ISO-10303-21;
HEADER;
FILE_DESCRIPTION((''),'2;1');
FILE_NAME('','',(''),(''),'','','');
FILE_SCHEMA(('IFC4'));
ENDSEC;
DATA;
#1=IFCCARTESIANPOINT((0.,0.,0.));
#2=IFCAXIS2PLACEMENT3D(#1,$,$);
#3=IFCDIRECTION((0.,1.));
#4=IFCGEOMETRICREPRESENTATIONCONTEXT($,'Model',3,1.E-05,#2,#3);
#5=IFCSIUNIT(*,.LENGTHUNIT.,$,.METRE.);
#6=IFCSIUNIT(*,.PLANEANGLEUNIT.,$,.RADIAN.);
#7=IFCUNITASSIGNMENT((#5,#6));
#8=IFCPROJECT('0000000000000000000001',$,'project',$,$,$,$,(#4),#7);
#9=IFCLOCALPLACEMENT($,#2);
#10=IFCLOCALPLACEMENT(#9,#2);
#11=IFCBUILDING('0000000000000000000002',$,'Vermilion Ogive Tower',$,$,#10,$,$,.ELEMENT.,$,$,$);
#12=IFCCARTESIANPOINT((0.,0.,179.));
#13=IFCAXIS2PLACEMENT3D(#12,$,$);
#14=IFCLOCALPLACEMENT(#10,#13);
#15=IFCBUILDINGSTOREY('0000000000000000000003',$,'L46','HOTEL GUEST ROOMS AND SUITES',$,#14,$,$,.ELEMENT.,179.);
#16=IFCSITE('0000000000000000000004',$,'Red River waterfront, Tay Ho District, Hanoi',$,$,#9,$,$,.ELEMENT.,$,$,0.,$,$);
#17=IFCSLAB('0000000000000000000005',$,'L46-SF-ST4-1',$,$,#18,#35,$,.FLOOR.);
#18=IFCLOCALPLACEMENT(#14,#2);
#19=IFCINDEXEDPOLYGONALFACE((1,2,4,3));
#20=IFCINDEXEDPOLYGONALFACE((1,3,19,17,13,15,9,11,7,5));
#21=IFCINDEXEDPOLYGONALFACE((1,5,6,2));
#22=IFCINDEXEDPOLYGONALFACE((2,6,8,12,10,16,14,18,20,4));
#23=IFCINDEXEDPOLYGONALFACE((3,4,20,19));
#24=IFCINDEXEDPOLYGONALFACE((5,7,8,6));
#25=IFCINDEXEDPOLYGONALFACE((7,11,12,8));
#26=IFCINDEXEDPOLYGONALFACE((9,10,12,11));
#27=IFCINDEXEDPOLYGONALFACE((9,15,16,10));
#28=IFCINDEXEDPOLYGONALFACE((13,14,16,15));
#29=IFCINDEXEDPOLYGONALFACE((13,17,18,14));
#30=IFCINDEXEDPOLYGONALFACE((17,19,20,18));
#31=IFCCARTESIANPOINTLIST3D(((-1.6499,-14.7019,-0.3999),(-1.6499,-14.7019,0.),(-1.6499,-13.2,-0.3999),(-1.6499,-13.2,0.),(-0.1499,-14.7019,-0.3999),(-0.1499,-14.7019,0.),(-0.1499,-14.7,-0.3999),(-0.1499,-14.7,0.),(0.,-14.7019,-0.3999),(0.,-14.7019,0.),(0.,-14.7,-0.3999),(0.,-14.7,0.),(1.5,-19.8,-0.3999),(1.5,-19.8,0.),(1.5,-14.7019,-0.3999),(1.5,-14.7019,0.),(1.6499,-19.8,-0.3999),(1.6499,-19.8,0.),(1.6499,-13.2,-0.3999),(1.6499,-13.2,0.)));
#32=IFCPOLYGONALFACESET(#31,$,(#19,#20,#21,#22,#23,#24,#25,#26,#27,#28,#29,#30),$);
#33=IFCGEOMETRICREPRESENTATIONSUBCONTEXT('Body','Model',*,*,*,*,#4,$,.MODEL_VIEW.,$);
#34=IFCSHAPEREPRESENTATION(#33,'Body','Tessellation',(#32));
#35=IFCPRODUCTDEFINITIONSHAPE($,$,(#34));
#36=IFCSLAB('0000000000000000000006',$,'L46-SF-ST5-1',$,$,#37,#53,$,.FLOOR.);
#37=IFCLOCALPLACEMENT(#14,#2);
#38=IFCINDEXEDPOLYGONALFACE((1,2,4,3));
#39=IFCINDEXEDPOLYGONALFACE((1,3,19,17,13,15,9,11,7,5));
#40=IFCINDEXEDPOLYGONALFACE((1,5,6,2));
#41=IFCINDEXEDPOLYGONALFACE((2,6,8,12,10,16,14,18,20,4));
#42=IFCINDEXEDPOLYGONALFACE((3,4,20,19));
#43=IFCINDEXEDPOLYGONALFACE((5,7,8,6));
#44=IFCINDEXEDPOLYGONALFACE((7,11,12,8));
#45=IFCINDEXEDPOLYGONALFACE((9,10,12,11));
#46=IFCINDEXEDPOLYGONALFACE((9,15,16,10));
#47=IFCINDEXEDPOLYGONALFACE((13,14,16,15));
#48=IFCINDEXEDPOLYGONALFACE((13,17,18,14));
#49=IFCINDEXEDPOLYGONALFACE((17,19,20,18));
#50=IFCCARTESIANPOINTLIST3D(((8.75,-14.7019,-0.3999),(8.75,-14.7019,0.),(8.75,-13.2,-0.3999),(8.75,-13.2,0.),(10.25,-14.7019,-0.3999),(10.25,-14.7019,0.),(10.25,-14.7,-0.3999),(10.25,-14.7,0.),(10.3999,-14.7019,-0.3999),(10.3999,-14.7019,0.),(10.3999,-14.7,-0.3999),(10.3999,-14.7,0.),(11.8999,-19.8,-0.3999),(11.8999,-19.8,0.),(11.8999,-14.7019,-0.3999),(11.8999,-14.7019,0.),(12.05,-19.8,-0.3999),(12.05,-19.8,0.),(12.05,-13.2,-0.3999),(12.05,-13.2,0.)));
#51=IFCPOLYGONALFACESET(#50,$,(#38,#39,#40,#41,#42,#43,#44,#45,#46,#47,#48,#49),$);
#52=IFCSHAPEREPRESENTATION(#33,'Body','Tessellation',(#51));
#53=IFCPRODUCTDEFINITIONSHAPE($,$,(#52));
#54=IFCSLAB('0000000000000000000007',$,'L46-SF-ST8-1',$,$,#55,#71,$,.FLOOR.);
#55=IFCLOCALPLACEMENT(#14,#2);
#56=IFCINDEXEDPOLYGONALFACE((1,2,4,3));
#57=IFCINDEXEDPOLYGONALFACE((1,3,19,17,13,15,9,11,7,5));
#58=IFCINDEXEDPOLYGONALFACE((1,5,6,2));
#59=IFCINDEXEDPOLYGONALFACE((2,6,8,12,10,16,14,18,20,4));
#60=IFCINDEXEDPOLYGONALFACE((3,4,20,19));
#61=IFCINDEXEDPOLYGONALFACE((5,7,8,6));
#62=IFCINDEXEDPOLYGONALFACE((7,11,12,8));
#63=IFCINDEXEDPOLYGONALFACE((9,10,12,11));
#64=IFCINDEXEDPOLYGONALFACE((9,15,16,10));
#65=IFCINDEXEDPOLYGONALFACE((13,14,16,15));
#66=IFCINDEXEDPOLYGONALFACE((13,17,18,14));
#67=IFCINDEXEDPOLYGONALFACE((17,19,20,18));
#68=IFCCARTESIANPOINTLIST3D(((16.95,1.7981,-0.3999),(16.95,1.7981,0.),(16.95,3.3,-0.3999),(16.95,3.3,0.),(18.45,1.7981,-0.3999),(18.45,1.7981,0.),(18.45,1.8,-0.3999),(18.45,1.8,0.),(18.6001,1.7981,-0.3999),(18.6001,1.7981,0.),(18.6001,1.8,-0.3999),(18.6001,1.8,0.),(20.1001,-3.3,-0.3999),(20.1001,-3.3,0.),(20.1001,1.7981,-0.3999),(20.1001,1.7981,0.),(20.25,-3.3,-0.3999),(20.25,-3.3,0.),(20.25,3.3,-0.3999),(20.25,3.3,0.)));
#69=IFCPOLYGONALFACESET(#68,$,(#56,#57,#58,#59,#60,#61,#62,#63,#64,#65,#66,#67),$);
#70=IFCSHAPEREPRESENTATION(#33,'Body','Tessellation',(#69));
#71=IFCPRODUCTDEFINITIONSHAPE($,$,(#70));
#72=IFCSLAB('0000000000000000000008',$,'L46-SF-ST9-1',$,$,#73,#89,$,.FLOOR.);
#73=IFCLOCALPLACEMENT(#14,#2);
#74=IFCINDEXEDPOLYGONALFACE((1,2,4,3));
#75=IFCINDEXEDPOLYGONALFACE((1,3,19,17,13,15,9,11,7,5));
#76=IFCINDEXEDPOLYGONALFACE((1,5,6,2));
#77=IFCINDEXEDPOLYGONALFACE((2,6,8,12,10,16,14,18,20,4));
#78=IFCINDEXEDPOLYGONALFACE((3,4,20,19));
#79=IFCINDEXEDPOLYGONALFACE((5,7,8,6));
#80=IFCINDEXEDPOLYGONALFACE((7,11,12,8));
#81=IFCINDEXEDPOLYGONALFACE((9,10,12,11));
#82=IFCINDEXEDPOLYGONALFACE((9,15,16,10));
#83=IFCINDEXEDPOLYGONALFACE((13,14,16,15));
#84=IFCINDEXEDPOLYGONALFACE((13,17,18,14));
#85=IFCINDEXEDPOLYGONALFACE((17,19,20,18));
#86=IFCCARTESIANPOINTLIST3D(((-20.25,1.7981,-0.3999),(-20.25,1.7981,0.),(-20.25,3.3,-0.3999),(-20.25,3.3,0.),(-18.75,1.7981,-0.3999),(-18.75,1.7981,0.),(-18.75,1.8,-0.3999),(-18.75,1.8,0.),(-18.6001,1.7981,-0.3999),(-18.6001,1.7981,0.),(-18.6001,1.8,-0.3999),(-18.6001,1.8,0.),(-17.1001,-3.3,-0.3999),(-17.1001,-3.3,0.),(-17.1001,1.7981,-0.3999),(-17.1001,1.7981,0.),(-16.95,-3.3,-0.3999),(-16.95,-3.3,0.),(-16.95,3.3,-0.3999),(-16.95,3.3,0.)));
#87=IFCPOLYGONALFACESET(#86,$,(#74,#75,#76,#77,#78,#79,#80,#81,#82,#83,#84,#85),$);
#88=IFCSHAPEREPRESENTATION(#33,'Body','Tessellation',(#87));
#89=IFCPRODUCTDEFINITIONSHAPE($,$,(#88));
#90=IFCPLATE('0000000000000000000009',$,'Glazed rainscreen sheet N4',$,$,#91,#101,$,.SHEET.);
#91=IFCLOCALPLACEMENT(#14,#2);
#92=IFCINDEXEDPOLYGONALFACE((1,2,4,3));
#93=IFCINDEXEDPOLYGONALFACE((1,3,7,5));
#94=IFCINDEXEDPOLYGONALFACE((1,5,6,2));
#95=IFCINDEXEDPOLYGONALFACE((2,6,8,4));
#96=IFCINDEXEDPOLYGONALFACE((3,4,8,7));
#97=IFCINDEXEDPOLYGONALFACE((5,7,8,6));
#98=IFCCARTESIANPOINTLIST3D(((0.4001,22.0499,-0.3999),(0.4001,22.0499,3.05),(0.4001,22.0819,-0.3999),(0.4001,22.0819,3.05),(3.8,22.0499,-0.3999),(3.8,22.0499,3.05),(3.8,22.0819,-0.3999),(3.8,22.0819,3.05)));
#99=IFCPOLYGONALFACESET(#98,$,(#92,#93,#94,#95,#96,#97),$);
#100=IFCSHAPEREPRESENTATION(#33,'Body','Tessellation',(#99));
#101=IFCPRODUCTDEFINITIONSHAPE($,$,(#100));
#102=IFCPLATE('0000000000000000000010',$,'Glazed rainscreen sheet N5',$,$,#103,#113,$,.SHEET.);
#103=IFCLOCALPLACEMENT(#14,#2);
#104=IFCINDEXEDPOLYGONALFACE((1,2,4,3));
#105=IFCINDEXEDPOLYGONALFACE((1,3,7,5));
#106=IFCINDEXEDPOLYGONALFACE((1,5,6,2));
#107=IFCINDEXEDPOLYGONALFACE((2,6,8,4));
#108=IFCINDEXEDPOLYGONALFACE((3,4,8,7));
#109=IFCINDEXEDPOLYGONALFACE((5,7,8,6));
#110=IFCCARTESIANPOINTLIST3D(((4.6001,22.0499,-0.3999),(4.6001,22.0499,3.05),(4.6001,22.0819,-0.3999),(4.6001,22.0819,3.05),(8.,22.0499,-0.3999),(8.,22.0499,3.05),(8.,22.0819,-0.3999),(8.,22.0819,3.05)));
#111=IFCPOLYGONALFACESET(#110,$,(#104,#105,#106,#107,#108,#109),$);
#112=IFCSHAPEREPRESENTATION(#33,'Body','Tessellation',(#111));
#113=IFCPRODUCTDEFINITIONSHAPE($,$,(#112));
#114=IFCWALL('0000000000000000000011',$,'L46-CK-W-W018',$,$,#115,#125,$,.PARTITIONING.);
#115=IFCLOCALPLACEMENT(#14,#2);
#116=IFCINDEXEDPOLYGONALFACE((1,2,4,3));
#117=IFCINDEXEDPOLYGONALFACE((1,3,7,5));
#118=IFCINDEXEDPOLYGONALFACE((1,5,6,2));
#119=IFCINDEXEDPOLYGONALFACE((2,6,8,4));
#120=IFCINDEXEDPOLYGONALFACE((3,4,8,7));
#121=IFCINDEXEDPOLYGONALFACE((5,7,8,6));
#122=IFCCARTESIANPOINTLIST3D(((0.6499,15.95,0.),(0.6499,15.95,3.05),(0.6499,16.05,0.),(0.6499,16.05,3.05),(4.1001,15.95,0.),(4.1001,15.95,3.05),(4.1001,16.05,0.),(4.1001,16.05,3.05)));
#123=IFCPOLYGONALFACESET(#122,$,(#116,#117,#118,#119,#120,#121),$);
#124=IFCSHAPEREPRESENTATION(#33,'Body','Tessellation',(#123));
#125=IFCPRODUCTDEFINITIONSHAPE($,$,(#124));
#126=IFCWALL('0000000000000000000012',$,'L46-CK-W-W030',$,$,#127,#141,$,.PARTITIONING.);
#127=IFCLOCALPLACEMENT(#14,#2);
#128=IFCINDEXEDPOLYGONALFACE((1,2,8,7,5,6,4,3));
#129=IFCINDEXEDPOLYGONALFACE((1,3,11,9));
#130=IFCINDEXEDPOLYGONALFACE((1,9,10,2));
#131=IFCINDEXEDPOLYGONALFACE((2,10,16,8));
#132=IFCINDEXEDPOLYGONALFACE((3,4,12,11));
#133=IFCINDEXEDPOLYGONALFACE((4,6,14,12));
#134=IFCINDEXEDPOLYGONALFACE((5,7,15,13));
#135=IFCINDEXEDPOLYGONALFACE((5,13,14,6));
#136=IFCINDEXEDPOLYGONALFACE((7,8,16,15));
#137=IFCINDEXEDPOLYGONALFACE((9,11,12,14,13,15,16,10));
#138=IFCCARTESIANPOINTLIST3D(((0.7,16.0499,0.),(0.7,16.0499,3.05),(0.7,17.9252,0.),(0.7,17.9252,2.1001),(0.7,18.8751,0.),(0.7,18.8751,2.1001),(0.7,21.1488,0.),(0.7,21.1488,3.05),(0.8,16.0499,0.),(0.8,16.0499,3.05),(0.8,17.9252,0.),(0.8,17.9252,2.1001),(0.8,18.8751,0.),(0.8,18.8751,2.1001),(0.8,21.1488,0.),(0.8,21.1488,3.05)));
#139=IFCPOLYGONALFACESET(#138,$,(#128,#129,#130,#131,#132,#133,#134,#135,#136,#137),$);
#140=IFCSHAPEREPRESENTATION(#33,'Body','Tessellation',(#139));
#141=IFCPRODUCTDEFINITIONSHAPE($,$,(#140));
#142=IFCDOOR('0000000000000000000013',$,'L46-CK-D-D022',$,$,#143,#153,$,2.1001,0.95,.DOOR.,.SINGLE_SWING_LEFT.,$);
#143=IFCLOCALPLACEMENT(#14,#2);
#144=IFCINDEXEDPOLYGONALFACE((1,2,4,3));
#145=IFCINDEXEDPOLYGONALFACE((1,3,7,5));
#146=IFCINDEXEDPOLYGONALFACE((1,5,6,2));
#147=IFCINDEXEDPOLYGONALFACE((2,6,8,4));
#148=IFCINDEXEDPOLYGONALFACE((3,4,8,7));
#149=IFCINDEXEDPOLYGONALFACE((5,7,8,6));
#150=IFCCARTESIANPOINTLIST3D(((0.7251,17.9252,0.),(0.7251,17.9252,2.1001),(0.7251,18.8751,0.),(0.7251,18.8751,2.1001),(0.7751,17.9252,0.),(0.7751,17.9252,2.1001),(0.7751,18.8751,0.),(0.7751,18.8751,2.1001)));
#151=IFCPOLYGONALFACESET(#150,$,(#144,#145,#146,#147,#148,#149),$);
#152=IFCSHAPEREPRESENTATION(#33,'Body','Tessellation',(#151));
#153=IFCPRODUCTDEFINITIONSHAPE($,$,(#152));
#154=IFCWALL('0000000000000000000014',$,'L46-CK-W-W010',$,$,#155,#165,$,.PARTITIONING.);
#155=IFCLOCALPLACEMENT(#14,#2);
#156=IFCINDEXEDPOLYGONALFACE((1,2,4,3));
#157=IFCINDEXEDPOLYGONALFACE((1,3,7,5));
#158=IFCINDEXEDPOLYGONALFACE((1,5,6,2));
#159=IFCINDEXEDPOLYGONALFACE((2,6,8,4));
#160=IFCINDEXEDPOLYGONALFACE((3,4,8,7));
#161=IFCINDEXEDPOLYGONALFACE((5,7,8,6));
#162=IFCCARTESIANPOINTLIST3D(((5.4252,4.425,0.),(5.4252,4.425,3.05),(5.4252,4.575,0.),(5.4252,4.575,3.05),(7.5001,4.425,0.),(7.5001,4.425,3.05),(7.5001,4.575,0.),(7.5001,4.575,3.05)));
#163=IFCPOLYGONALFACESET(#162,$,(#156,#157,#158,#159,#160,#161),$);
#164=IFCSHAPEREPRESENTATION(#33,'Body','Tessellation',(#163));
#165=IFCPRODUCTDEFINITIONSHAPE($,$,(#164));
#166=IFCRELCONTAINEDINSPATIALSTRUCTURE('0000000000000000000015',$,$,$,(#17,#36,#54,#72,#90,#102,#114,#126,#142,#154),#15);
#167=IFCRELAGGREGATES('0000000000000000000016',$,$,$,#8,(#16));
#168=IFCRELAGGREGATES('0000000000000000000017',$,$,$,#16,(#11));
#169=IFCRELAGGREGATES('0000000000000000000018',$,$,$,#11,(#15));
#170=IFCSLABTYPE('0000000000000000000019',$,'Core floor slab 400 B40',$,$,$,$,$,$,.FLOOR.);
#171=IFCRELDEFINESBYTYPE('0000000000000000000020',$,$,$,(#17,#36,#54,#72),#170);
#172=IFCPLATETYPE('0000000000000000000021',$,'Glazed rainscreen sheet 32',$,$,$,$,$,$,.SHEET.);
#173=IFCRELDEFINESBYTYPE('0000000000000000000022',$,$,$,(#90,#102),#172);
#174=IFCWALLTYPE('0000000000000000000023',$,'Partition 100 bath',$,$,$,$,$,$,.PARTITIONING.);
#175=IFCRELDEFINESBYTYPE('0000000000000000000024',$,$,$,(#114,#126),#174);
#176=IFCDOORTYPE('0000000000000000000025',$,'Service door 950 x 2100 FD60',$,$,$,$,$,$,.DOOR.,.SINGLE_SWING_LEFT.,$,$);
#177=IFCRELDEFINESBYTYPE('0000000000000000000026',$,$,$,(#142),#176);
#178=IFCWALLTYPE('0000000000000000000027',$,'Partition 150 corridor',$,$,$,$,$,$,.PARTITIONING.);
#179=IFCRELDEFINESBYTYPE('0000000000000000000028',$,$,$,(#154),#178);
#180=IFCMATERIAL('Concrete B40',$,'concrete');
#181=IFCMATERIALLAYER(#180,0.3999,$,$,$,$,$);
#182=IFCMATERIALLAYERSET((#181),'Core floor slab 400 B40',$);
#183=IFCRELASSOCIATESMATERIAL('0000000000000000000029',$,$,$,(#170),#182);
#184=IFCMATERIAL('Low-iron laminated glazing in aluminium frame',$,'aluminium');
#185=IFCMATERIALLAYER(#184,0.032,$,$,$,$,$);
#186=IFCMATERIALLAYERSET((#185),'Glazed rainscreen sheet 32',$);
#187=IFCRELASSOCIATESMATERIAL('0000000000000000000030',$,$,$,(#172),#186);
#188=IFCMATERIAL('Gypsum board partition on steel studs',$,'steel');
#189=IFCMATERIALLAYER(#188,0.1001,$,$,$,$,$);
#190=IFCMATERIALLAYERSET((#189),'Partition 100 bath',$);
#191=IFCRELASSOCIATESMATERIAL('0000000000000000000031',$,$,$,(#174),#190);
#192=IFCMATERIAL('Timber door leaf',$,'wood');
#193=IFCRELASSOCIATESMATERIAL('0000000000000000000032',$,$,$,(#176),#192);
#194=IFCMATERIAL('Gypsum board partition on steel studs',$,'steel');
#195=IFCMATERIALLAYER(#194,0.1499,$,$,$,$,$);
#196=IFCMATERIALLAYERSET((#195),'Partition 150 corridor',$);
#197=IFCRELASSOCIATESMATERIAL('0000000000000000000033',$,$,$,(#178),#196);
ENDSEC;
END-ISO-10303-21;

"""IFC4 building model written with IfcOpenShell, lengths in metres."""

from ifc_helpers import new_model, si_unit, direction, frame, frame_2d, origin, origin_2d, place, context, subcontext, project, spatial, polyline, rectangle, outline, extrude, material, layer, layer_set, type_object, element, fill, save


model = new_model("IFC4")

# Units and contexts
model_context = context("Model", 3, precision=1e-05, world=origin(), true_north=direction((0.0, 1.0)))
body_context = subcontext(model_context, "Body", "Model", "MODEL_VIEW")
ifc_project = project(units=[si_unit("LENGTHUNIT", "METRE"), si_unit("PLANEANGLEUNIT", "RADIAN")], contexts=[model_context])

# Site, building, storey
site_placement = place(None, origin())
site = spatial("IfcSite", under=ifc_project, at=site_placement, Name="Red River waterfront, Tay Ho District, Hanoi", CompositionType="ELEMENT", RefElevation=0.0)
building_placement = place(site_placement, origin())
building = spatial("IfcBuilding", under=site, at=building_placement, Name="Vermilion Ogive Tower", CompositionType="ELEMENT")
storey_placement = place(building_placement, frame((0.0, 0.0, 179.0)))
storey = spatial("IfcBuildingStorey", under=building, at=storey_placement, Name="L46", Description="HOTEL GUEST ROOMS AND SUITES", CompositionType="ELEMENT", Elevation=179.0)

# Slabs
ifc_material_1 = material(Name="Concrete B40", Category="concrete")
ifc_layer_1 = layer(ifc_material_1, 0.3999)
ifc_layer_set_1 = layer_set([ifc_layer_1], Name="Core floor slab 400 B40")
slab_type = type_object("IfcSlabType", Name="Core floor slab 400 B40", PredefinedType="FLOOR", material=ifc_layer_set_1)
slab_1_placement = place(storey_placement, frame((0.0, 0.0, -0.3999)))
element("IfcSlab", 1, at=slab_1_placement, inside=storey, type_object=slab_type, Name="L46-SF-ST4-1", PredefinedType="FLOOR", context=body_context, shape_type="SweptSolid", body=[
    extrude(outline(polyline([(-1.6499, -13.2), (-1.6499, -14.7019), (-0.1499, -14.7019), (-0.1499, -14.7), (0.0, -14.7), (0.0, -14.7019), (1.5, -14.7019), (1.5, -19.8), (1.6499, -19.8), (1.6499, -13.2), (-1.6499, -13.2)])), origin(), (0.0, 0.0, 1.0), 0.3999),
])
slab_2_placement = place(storey_placement, frame((0.0, 0.0, -0.3999)))
element("IfcSlab", 2, at=slab_2_placement, inside=storey, type_object=slab_type, Name="L46-SF-ST5-1", PredefinedType="FLOOR", context=body_context, shape_type="SweptSolid", body=[
    extrude(outline(polyline([(8.75, -13.2), (8.75, -14.7019), (10.25, -14.7019), (10.25, -14.7), (10.3999, -14.7), (10.3999, -14.7019), (11.8999, -14.7019), (11.8999, -19.8), (12.05, -19.8), (12.05, -13.2), (8.75, -13.2)])), origin(), (0.0, 0.0, 1.0), 0.3999),
])
slab_3_placement = place(storey_placement, frame((0.0, 0.0, -0.3999)))
element("IfcSlab", 3, at=slab_3_placement, inside=storey, type_object=slab_type, Name="L46-SF-ST8-1", PredefinedType="FLOOR", context=body_context, shape_type="SweptSolid", body=[
    extrude(outline(polyline([(16.95, 3.3), (16.95, 1.7981), (18.45, 1.7981), (18.45, 1.8), (18.6001, 1.8), (18.6001, 1.7981), (20.1001, 1.7981), (20.1001, -3.3), (20.25, -3.3), (20.25, 3.3), (16.95, 3.3)])), origin(), (0.0, 0.0, 1.0), 0.3999),
])
slab_4_placement = place(storey_placement, frame((0.0, 0.0, -0.3999)))
element("IfcSlab", 4, at=slab_4_placement, inside=storey, type_object=slab_type, Name="L46-SF-ST9-1", PredefinedType="FLOOR", context=body_context, shape_type="SweptSolid", body=[
    extrude(outline(polyline([(-20.25, 3.3), (-20.25, 1.7981), (-18.75, 1.7981), (-18.75, 1.8), (-18.6001, 1.8), (-18.6001, 1.7981), (-17.1001, 1.7981), (-17.1001, -3.3), (-16.95, -3.3), (-16.95, 3.3), (-20.25, 3.3)])), origin(), (0.0, 0.0, 1.0), 0.3999),
])

# Plates
ifc_material_2 = material(Name="Low-iron laminated glazing in aluminium frame", Category="aluminium")
ifc_layer_2 = layer(ifc_material_2, 0.032)
ifc_layer_set_2 = layer_set([ifc_layer_2], Name="Glazed rainscreen sheet 32")
plate_type = type_object("IfcPlateType", Name="Glazed rainscreen sheet 32", PredefinedType="SHEET", material=ifc_layer_set_2)
for number, where, z_axis, x_axis, name in (
    (5, (2.1001, 22.0659, -0.3999), (0.0, 0.0, 1.0), (1.0, 0.0, 0.0), "Glazed rainscreen sheet N4"),
    (6, (6.3, 22.0659, -0.3999), (0.0, 0.0, 1.0), (1.0, 0.0, 0.0), "Glazed rainscreen sheet N5"),
):
    element("IfcPlate", number, at=place(storey_placement, frame(where, z_axis=z_axis, x_axis=x_axis)), inside=storey, type_object=plate_type, Name=name, PredefinedType="SHEET", context=body_context, shape_type="SweptSolid", body=[
        extrude(rectangle(XDim=3.3999, YDim=0.032, at=origin_2d()), origin(), (0.0, 0.0, 1.0), 3.45),
    ])

# Wall
ifc_material_3 = material(Name="Gypsum board partition on steel studs", Category="steel")
ifc_layer_3 = layer(ifc_material_3, 0.1001)
ifc_layer_set_3 = layer_set([ifc_layer_3], Name="Partition 100 bath")
wall_type_1 = type_object("IfcWallType", Name="Partition 100 bath", PredefinedType="PARTITIONING", material=ifc_layer_set_3)
wall_1_placement = place(storey_placement, frame((0.6499, 16.0, 0.0), z_axis=(0.0, 0.0, 1.0), x_axis=(1.0, 0.0, 0.0)))
element("IfcWall", 7, at=wall_1_placement, inside=storey, type_object=wall_type_1, Name="L46-CK-W-W018", PredefinedType="PARTITIONING", context=body_context, shape_type="SweptSolid", body=[
    extrude(rectangle(XDim=3.4502, YDim=0.1001, at=frame_2d((1.7251, 0.0))), origin(), (0.0, 0.0, 1.0), 3.05),
])

# Wall, opening, door
wall_2_placement = place(storey_placement, frame((0.75, 16.05, 0.0), z_axis=(0.0, 0.0, 1.0), x_axis=(0.0, 1.0, 0.0)))
wall_2 = element("IfcWall", 8, at=wall_2_placement, inside=storey, type_object=wall_type_1, Name="L46-CK-W-W030", PredefinedType="PARTITIONING", context=body_context, shape_type="SweptSolid", body=[
    extrude(rectangle(XDim=5.0989, YDim=0.1001, at=frame_2d((2.5493, 0.0))), origin(), (0.0, 0.0, 1.0), 3.05),
])
opening_1_placement = place(wall_2_placement, frame((1.875, 0.0, 0.0)))
opening_1 = element("IfcOpeningElement", 9, at=opening_1_placement, cuts=wall_2, PredefinedType="OPENING", context=body_context, shape_type="SweptSolid", body=[
    extrude(rectangle(XDim=0.95, YDim=2.1001, at=frame_2d((0.4751, 1.05))), frame((0.0, 0.0601, 0.0), z_axis=(0.0, -1.0, 0.0), x_axis=(1.0, 0.0, 0.0)), (0.0, 0.0, 1.0), 0.1201),
])
ifc_material_4 = material(Name="Timber door leaf", Category="wood")
door_type_1 = type_object("IfcDoorType", Name="Service door 950 x 2100 FD60", OperationType="SINGLE_SWING_LEFT", PredefinedType="DOOR", material=ifc_material_4)
door_1_placement = place(opening_1_placement, origin())
door_1 = element("IfcDoor", 10, at=door_1_placement, inside=storey, type_object=door_type_1, Name="L46-CK-D-D022", OperationType="SINGLE_SWING_LEFT", OverallHeight=2.1001, OverallWidth=0.95, PredefinedType="DOOR", context=body_context, shape_type="SweptSolid", body=[
    extrude(rectangle(XDim=0.95, YDim=2.1001, at=frame_2d((0.4751, 1.05))), frame((0.0, 0.0249, 0.0), z_axis=(0.0, -1.0, 0.0), x_axis=(1.0, 0.0, 0.0)), (0.0, 0.0, 1.0), 0.05),
])
fill(opening_1, door_1)

# Wall
ifc_material_5 = material(Name="Gypsum board partition on steel studs", Category="steel")
ifc_layer_4 = layer(ifc_material_5, 0.1499)
ifc_layer_set_4 = layer_set([ifc_layer_4], Name="Partition 150 corridor")
wall_type_2 = type_object("IfcWallType", Name="Partition 150 corridor", PredefinedType="PARTITIONING", material=ifc_layer_set_4)
wall_3_placement = place(storey_placement, frame((5.425, 4.5, 0.0), z_axis=(0.0, 0.0, 1.0), x_axis=(1.0, 0.0, 0.0)))
element("IfcWall", 11, at=wall_3_placement, inside=storey, type_object=wall_type_2, Name="L46-CK-W-W010", PredefinedType="PARTITIONING", context=body_context, shape_type="SweptSolid", body=[
    extrude(rectangle(XDim=2.075, YDim=0.1499, at=frame_2d((1.0376, 0.0))), origin(), (0.0, 0.0, 1.0), 3.05),
])

save(model, "model.ifc")
